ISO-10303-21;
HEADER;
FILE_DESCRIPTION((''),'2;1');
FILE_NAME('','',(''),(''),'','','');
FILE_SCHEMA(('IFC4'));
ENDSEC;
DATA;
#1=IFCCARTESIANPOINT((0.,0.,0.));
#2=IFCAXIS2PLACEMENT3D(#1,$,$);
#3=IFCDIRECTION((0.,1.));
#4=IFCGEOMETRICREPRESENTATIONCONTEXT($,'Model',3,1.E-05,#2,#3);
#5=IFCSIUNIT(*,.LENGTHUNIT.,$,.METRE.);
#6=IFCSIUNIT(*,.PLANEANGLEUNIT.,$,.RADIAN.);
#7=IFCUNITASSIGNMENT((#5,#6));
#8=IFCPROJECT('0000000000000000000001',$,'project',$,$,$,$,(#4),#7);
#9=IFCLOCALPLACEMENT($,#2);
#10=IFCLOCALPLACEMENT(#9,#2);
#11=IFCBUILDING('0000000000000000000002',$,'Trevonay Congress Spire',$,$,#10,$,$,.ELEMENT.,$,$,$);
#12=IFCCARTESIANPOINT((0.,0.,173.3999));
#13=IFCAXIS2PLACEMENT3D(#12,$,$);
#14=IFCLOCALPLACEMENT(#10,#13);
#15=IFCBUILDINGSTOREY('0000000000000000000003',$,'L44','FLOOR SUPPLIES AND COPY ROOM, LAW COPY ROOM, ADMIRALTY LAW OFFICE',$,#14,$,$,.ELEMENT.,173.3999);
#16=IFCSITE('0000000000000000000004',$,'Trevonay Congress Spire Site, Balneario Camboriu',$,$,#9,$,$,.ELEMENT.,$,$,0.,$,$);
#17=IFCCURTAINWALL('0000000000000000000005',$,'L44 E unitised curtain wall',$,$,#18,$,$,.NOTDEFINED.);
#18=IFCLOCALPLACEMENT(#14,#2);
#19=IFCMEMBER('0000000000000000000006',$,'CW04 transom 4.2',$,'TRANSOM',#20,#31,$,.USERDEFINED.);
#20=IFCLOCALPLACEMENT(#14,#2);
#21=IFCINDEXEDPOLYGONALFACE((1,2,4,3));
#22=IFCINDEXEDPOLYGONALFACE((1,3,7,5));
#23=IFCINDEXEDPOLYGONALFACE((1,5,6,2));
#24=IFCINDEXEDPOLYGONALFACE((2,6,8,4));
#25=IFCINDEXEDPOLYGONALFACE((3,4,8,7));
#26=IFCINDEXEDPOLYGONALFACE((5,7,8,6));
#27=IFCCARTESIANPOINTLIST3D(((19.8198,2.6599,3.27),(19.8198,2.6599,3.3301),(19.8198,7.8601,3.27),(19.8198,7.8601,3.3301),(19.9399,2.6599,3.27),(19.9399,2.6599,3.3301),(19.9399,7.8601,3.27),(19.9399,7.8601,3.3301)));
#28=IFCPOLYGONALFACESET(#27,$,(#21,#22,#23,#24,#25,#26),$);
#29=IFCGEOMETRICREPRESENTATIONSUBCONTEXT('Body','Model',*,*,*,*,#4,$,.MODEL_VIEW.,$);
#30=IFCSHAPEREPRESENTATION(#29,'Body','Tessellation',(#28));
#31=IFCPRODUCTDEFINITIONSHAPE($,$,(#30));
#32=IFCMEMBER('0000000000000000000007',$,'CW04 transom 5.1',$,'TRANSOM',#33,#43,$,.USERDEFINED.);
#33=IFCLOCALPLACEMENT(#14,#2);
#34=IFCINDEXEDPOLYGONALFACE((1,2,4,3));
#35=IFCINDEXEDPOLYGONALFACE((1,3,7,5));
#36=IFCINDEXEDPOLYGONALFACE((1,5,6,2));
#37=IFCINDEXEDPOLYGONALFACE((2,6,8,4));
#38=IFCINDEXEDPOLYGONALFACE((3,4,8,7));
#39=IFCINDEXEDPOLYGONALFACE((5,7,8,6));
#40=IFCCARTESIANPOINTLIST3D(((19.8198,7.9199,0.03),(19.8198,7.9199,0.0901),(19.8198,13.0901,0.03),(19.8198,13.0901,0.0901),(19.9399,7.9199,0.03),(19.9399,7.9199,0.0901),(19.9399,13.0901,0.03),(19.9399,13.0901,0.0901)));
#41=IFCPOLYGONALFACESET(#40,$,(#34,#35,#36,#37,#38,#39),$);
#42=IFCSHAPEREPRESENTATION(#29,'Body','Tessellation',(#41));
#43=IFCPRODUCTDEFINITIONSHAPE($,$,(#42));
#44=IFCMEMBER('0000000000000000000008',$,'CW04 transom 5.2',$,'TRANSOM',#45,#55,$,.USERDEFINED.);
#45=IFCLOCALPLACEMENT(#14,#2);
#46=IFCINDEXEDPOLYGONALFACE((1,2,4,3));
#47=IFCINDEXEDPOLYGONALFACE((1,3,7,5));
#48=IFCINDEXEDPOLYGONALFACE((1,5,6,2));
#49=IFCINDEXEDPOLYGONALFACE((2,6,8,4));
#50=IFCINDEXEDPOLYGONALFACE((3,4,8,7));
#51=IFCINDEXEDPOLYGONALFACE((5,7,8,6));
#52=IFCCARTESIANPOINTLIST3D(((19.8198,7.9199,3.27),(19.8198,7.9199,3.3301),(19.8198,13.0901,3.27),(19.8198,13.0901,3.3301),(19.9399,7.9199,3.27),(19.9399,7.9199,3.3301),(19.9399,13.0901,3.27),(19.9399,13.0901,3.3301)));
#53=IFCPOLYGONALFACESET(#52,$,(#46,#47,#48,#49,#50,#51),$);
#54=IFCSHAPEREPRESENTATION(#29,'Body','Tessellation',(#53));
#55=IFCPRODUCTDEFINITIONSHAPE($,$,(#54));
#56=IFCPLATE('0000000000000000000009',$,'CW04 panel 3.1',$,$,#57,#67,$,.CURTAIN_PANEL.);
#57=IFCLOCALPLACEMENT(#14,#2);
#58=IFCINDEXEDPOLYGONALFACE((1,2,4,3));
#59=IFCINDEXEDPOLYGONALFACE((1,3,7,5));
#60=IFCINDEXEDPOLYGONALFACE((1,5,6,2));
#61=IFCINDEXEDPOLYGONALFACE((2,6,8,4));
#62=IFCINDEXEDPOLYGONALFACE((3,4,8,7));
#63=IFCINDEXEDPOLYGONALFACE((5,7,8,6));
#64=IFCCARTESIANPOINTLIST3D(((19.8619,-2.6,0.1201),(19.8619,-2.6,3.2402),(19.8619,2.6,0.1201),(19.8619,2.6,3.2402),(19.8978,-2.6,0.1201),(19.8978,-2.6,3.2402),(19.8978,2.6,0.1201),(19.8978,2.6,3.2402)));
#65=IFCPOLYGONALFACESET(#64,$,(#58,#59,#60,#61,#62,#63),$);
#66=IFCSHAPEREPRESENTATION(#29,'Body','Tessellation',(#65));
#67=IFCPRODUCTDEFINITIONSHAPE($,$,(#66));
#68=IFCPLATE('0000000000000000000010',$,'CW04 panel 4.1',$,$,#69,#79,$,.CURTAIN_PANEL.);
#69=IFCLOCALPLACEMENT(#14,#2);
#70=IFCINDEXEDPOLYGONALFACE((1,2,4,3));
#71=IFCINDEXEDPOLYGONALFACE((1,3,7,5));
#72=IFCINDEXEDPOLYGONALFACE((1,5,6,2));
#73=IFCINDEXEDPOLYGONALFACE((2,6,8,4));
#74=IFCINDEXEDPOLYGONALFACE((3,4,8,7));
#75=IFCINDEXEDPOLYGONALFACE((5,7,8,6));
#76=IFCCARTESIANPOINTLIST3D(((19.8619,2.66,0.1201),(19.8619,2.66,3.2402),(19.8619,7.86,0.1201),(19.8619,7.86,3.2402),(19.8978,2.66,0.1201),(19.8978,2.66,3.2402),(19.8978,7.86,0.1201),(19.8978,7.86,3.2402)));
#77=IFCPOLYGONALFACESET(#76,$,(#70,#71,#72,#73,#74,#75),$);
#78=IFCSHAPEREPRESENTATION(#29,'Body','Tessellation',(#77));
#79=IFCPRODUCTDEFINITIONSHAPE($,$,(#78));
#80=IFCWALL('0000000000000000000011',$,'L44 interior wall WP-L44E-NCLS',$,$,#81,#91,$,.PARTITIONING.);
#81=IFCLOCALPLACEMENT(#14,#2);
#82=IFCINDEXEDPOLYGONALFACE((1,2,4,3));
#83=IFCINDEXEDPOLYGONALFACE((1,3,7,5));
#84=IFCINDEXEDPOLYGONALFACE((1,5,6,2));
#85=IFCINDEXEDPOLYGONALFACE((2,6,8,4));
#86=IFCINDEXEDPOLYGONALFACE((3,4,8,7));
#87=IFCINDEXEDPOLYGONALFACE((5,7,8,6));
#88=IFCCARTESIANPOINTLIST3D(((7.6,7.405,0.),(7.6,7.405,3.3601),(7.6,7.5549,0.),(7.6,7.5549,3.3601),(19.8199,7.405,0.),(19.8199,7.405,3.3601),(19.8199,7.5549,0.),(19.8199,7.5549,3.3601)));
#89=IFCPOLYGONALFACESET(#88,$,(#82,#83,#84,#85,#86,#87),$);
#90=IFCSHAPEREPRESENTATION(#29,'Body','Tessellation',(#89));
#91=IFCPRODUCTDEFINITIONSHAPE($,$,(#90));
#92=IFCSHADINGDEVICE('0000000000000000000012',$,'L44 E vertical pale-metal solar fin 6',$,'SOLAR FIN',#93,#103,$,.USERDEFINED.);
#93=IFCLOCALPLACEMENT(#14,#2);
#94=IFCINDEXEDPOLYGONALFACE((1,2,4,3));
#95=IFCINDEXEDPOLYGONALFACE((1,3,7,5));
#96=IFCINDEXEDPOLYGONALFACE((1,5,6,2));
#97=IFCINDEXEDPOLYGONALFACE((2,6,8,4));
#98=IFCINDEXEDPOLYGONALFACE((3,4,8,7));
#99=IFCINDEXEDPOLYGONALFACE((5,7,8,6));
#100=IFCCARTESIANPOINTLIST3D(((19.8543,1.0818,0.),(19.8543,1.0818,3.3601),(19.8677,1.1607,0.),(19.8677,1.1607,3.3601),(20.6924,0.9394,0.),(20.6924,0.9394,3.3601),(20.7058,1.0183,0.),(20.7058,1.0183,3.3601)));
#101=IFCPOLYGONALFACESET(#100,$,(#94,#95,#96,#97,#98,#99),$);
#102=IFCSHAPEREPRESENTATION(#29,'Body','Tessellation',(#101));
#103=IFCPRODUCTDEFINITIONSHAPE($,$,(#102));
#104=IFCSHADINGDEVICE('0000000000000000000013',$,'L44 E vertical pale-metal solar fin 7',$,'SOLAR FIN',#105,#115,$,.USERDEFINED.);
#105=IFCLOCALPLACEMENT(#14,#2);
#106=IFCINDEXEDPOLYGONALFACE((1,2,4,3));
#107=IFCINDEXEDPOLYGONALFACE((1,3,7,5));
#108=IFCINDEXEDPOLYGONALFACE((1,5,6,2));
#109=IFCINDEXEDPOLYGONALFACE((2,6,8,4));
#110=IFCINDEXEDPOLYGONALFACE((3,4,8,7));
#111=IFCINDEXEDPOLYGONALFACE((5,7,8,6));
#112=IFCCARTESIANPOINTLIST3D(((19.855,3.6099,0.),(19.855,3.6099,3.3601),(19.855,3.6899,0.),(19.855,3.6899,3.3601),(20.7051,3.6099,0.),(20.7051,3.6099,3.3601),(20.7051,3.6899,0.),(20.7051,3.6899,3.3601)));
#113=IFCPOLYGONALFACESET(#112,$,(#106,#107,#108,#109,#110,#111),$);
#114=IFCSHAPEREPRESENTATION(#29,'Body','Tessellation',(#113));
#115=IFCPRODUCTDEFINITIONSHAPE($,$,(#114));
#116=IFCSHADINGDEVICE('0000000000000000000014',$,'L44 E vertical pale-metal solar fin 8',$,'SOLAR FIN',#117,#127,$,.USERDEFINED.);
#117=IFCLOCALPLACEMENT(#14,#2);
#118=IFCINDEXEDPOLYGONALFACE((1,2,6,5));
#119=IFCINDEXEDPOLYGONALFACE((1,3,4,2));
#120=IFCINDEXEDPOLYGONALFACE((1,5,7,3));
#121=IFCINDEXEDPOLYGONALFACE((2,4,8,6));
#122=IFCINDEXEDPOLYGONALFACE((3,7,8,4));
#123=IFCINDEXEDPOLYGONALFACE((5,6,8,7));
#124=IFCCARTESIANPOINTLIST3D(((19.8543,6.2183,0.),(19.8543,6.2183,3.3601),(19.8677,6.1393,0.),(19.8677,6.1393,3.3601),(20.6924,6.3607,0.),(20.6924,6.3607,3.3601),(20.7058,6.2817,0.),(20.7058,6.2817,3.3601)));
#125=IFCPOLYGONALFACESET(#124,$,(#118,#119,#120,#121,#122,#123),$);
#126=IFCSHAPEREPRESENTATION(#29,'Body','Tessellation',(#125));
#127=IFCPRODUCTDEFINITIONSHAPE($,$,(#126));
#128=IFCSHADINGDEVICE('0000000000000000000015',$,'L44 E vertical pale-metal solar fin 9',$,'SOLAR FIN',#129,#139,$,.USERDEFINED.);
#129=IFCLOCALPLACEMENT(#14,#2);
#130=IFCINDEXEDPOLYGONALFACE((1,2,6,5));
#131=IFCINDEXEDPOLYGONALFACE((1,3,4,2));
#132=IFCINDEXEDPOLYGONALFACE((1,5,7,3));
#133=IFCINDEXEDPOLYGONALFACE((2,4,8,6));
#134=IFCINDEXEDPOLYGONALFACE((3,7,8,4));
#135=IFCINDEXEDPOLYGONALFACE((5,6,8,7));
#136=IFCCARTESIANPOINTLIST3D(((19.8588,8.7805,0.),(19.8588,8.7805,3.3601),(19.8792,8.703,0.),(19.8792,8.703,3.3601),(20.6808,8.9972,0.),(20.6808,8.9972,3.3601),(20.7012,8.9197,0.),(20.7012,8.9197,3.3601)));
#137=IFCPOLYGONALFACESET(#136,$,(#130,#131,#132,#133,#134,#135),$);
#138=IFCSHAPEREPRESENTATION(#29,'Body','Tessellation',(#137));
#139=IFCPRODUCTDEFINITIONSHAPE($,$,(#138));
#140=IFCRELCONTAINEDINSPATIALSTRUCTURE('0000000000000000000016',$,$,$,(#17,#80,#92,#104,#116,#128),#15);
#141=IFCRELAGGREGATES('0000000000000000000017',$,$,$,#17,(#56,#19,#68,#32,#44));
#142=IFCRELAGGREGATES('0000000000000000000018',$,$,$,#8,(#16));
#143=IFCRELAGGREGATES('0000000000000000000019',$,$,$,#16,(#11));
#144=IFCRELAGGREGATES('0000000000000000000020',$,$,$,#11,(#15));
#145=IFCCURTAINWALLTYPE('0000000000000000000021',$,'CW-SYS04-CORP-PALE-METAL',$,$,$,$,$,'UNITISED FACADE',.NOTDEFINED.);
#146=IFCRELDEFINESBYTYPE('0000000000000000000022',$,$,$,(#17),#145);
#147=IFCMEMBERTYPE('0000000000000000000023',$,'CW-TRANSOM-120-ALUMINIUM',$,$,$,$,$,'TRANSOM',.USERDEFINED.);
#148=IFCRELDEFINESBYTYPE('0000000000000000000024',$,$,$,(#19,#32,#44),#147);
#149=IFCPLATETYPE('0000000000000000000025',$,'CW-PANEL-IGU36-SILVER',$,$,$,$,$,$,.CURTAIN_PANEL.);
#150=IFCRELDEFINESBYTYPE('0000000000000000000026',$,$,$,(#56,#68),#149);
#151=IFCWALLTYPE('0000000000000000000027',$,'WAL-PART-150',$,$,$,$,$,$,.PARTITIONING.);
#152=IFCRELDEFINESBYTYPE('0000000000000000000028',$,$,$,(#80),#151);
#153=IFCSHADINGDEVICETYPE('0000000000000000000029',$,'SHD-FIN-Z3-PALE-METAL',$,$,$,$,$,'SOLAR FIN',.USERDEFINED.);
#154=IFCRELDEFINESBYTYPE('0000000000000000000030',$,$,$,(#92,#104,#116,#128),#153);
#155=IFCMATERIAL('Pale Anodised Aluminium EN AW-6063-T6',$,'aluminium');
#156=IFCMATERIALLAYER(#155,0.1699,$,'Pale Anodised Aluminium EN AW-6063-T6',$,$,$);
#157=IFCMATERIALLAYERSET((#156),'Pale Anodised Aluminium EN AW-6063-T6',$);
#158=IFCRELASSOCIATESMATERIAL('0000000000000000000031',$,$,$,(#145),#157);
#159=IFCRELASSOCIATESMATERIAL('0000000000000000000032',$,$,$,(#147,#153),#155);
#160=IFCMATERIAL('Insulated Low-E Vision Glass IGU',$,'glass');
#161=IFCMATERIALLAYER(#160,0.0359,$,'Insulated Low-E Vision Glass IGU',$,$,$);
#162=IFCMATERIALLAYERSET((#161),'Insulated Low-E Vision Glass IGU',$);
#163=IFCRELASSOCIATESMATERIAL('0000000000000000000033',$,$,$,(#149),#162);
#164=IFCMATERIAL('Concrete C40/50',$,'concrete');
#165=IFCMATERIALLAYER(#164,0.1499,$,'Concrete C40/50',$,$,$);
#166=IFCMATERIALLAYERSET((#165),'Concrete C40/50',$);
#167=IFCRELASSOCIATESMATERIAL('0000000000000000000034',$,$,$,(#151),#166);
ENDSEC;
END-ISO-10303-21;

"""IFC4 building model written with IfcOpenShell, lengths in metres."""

from ifc_helpers import new_model, si_unit, direction, frame, frame_2d, origin, origin_2d, place, context, subcontext, project, spatial, rectangle, extrude, material, layer, layer_set, material_profile, profile_set, type_object, element, aggregate, save


model = new_model("IFC4")

# Units and contexts
model_context = context("Model", 3, precision=1e-05, world=origin(), true_north=direction((0.0, 1.0)))
body_context = subcontext(model_context, "Body", "Model", "MODEL_VIEW")
ifc_project = project(units=[si_unit("LENGTHUNIT", "METRE"), si_unit("PLANEANGLEUNIT", "RADIAN")], contexts=[model_context])

# Site, building, storey
site_placement = place(None, origin())
site = spatial("IfcSite", under=ifc_project, at=site_placement, Name="Trevonay Congress Spire Site, Balneario Camboriu", CompositionType="ELEMENT", RefElevation=0.0)
building_placement = place(site_placement, origin())
building = spatial("IfcBuilding", under=site, at=building_placement, Name="Trevonay Congress Spire", CompositionType="ELEMENT")
storey_placement = place(building_placement, frame((0.0, 0.0, 173.3999)))
storey = spatial("IfcBuildingStorey", under=building, at=storey_placement, Name="L44", Description="FLOOR SUPPLIES AND COPY ROOM, LAW COPY ROOM, ADMIRALTY LAW OFFICE", CompositionType="ELEMENT", Elevation=173.3999)

# Curtain wall, members, plates
ifc_material_1 = material(Name="Pale Anodised Aluminium EN AW-6063-T6", Category="aluminium")
ifc_layer_1 = layer(ifc_material_1, 0.1699, Name="Pale Anodised Aluminium EN AW-6063-T6")
ifc_layer_set_1 = layer_set([ifc_layer_1], Name="Pale Anodised Aluminium EN AW-6063-T6")
curtain_wall_type = type_object("IfcCurtainWallType", Name="CW-SYS04-CORP-PALE-METAL", ElementType="UNITISED FACADE", PredefinedType="NOTDEFINED", material=ifc_layer_set_1)
curtain_wall_placement = place(storey_placement, origin())
curtain_wall = element("IfcCurtainWall", 1, at=curtain_wall_placement, inside=storey, type_object=curtain_wall_type, Name="L44 E unitised curtain wall", PredefinedType="NOTDEFINED")
ifc_material_profile_1 = material_profile(ifc_material_1, rectangle(XDim=0.1201, YDim=0.0601, at=origin_2d()), Name="CW-TRANSOM-120-ALUMINIUM")
ifc_profile_set_1 = profile_set([ifc_material_profile_1], Name="Pale Anodised Aluminium EN AW-6063-T6")
member_type_1 = type_object("IfcMemberType", Name="CW-TRANSOM-120-ALUMINIUM", ElementType="TRANSOM", PredefinedType="USERDEFINED", material=ifc_profile_set_1)
member_1_placement = place(storey_placement, frame((19.8799, 2.6599, 3.3), z_axis=(0.0, 1.0, 0.0), x_axis=(-1.0, 0.0, 0.0)))
member_1 = element("IfcMember", 2, at=member_1_placement, type_object=member_type_1, Name="CW04 transom 4.2", ObjectType="TRANSOM", PredefinedType="USERDEFINED", context=body_context, shape_type="SweptSolid", body=[
    extrude(rectangle(XDim=0.1201, YDim=0.0601, at=origin_2d()), origin(), (0.0, 0.0, 1.0), 5.2002),
])
member_2_placement = place(storey_placement, frame((19.8799, 7.9199, 0.0601), z_axis=(0.0, 1.0, 0.0), x_axis=(-1.0, 0.0, 0.0)))
member_2 = element("IfcMember", 3, at=member_2_placement, type_object=member_type_1, Name="CW04 transom 5.1", ObjectType="TRANSOM", PredefinedType="USERDEFINED", context=body_context, shape_type="SweptSolid", body=[
    extrude(rectangle(XDim=0.1201, YDim=0.0601, at=origin_2d()), origin(), (0.0, 0.0, 1.0), 5.1702),
])
member_3_placement = place(storey_placement, frame((19.8799, 7.9199, 3.3), z_axis=(0.0, 1.0, 0.0), x_axis=(-1.0, 0.0, 0.0)))
member_3 = element("IfcMember", 4, at=member_3_placement, type_object=member_type_1, Name="CW04 transom 5.2", ObjectType="TRANSOM", PredefinedType="USERDEFINED", context=body_context, shape_type="SweptSolid", body=[
    extrude(rectangle(XDim=0.1201, YDim=0.0601, at=origin_2d()), origin(), (0.0, 0.0, 1.0), 5.1702),
])
ifc_material_2 = material(Name="Insulated Low-E Vision Glass IGU", Category="glass")
ifc_layer_2 = layer(ifc_material_2, 0.0359, Name="Insulated Low-E Vision Glass IGU")
ifc_layer_set_2 = layer_set([ifc_layer_2], Name="Insulated Low-E Vision Glass IGU")
plate_type = type_object("IfcPlateType", Name="CW-PANEL-IGU36-SILVER", PredefinedType="CURTAIN_PANEL", material=ifc_layer_set_2)
plate_1_placement = place(storey_placement, frame((19.8799, 0.0, 0.1201), z_axis=(0.0, 0.0, 1.0), x_axis=(0.0, 1.0, 0.0)))
plate_1 = element("IfcPlate", 5, at=plate_1_placement, type_object=plate_type, Name="CW04 panel 3.1", PredefinedType="CURTAIN_PANEL", context=body_context, shape_type="SweptSolid", body=[
    extrude(rectangle(XDim=5.2, YDim=0.0359, at=origin_2d()), origin(), (0.0, 0.0, 1.0), 3.1201),
])
plate_2_placement = place(storey_placement, frame((19.8799, 5.26, 0.1201), z_axis=(0.0, 0.0, 1.0), x_axis=(0.0, 1.0, 0.0)))
plate_2 = element("IfcPlate", 6, at=plate_2_placement, type_object=plate_type, Name="CW04 panel 4.1", PredefinedType="CURTAIN_PANEL", context=body_context, shape_type="SweptSolid", body=[
    extrude(rectangle(XDim=5.2, YDim=0.0359, at=origin_2d()), origin(), (0.0, 0.0, 1.0), 3.1201),
])
aggregate(curtain_wall, [plate_1, member_1, plate_2, member_2, member_3])

# Wall
ifc_material_3 = material(Name="Concrete C40/50", Category="concrete")
ifc_layer_3 = layer(ifc_material_3, 0.1499, Name="Concrete C40/50")
ifc_layer_set_3 = layer_set([ifc_layer_3], Name="Concrete C40/50")
wall_type = type_object("IfcWallType", Name="WAL-PART-150", PredefinedType="PARTITIONING", material=ifc_layer_set_3)
wall_placement = place(storey_placement, frame((7.6001, 7.48, 0.0), z_axis=(0.0, 0.0, 1.0), x_axis=(1.0, 0.0, 0.0)))
element("IfcWall", 7, at=wall_placement, inside=storey, type_object=wall_type, Name="L44 interior wall WP-L44E-NCLS", PredefinedType="PARTITIONING", context=body_context, shape_type="SweptSolid", body=[
    extrude(rectangle(XDim=12.22, YDim=0.1499, at=frame_2d((6.1099, 0.0))), origin(), (0.0, 0.0, 1.0), 3.3601),
])

# Shading devices
shading_device_type = type_object("IfcShadingDeviceType", Name="SHD-FIN-Z3-PALE-METAL", ElementType="SOLAR FIN", PredefinedType="USERDEFINED", material=ifc_material_1)
for number, where, z_axis, x_axis, name in (
    (8, (20.28, 1.05, 0.0), (0.0, 0.0, 1.0), (0.167457, 0.985879, 0.0), "L44 E vertical pale-metal solar fin 6"),
    (9, (20.28, 3.6499, 0.0), (0.0, 0.0, 1.0), (0.0, 1.0, 0.0), "L44 E vertical pale-metal solar fin 7"),
    (10, (20.28, 6.25, 0.0), (0.0, 0.0, 1.0), (-0.167457, 0.985879, 0.0), "L44 E vertical pale-metal solar fin 8"),
    (11, (20.28, 8.8501, 0.0), (0.0, 0.0, 1.0), (-0.254939, 0.966957, 0.0), "L44 E vertical pale-metal solar fin 9"),
):
    element("IfcShadingDevice", number, at=place(storey_placement, frame(where, z_axis=z_axis, x_axis=x_axis)), inside=storey, type_object=shading_device_type, Name=name, ObjectType="SOLAR FIN", PredefinedType="USERDEFINED", context=body_context, shape_type="SweptSolid", body=[
        extrude(rectangle(XDim=0.0801, YDim=0.8501, at=origin_2d()), origin(), (0.0, 0.0, 1.0), 3.3601),
    ])

save(model, "model.ifc")
